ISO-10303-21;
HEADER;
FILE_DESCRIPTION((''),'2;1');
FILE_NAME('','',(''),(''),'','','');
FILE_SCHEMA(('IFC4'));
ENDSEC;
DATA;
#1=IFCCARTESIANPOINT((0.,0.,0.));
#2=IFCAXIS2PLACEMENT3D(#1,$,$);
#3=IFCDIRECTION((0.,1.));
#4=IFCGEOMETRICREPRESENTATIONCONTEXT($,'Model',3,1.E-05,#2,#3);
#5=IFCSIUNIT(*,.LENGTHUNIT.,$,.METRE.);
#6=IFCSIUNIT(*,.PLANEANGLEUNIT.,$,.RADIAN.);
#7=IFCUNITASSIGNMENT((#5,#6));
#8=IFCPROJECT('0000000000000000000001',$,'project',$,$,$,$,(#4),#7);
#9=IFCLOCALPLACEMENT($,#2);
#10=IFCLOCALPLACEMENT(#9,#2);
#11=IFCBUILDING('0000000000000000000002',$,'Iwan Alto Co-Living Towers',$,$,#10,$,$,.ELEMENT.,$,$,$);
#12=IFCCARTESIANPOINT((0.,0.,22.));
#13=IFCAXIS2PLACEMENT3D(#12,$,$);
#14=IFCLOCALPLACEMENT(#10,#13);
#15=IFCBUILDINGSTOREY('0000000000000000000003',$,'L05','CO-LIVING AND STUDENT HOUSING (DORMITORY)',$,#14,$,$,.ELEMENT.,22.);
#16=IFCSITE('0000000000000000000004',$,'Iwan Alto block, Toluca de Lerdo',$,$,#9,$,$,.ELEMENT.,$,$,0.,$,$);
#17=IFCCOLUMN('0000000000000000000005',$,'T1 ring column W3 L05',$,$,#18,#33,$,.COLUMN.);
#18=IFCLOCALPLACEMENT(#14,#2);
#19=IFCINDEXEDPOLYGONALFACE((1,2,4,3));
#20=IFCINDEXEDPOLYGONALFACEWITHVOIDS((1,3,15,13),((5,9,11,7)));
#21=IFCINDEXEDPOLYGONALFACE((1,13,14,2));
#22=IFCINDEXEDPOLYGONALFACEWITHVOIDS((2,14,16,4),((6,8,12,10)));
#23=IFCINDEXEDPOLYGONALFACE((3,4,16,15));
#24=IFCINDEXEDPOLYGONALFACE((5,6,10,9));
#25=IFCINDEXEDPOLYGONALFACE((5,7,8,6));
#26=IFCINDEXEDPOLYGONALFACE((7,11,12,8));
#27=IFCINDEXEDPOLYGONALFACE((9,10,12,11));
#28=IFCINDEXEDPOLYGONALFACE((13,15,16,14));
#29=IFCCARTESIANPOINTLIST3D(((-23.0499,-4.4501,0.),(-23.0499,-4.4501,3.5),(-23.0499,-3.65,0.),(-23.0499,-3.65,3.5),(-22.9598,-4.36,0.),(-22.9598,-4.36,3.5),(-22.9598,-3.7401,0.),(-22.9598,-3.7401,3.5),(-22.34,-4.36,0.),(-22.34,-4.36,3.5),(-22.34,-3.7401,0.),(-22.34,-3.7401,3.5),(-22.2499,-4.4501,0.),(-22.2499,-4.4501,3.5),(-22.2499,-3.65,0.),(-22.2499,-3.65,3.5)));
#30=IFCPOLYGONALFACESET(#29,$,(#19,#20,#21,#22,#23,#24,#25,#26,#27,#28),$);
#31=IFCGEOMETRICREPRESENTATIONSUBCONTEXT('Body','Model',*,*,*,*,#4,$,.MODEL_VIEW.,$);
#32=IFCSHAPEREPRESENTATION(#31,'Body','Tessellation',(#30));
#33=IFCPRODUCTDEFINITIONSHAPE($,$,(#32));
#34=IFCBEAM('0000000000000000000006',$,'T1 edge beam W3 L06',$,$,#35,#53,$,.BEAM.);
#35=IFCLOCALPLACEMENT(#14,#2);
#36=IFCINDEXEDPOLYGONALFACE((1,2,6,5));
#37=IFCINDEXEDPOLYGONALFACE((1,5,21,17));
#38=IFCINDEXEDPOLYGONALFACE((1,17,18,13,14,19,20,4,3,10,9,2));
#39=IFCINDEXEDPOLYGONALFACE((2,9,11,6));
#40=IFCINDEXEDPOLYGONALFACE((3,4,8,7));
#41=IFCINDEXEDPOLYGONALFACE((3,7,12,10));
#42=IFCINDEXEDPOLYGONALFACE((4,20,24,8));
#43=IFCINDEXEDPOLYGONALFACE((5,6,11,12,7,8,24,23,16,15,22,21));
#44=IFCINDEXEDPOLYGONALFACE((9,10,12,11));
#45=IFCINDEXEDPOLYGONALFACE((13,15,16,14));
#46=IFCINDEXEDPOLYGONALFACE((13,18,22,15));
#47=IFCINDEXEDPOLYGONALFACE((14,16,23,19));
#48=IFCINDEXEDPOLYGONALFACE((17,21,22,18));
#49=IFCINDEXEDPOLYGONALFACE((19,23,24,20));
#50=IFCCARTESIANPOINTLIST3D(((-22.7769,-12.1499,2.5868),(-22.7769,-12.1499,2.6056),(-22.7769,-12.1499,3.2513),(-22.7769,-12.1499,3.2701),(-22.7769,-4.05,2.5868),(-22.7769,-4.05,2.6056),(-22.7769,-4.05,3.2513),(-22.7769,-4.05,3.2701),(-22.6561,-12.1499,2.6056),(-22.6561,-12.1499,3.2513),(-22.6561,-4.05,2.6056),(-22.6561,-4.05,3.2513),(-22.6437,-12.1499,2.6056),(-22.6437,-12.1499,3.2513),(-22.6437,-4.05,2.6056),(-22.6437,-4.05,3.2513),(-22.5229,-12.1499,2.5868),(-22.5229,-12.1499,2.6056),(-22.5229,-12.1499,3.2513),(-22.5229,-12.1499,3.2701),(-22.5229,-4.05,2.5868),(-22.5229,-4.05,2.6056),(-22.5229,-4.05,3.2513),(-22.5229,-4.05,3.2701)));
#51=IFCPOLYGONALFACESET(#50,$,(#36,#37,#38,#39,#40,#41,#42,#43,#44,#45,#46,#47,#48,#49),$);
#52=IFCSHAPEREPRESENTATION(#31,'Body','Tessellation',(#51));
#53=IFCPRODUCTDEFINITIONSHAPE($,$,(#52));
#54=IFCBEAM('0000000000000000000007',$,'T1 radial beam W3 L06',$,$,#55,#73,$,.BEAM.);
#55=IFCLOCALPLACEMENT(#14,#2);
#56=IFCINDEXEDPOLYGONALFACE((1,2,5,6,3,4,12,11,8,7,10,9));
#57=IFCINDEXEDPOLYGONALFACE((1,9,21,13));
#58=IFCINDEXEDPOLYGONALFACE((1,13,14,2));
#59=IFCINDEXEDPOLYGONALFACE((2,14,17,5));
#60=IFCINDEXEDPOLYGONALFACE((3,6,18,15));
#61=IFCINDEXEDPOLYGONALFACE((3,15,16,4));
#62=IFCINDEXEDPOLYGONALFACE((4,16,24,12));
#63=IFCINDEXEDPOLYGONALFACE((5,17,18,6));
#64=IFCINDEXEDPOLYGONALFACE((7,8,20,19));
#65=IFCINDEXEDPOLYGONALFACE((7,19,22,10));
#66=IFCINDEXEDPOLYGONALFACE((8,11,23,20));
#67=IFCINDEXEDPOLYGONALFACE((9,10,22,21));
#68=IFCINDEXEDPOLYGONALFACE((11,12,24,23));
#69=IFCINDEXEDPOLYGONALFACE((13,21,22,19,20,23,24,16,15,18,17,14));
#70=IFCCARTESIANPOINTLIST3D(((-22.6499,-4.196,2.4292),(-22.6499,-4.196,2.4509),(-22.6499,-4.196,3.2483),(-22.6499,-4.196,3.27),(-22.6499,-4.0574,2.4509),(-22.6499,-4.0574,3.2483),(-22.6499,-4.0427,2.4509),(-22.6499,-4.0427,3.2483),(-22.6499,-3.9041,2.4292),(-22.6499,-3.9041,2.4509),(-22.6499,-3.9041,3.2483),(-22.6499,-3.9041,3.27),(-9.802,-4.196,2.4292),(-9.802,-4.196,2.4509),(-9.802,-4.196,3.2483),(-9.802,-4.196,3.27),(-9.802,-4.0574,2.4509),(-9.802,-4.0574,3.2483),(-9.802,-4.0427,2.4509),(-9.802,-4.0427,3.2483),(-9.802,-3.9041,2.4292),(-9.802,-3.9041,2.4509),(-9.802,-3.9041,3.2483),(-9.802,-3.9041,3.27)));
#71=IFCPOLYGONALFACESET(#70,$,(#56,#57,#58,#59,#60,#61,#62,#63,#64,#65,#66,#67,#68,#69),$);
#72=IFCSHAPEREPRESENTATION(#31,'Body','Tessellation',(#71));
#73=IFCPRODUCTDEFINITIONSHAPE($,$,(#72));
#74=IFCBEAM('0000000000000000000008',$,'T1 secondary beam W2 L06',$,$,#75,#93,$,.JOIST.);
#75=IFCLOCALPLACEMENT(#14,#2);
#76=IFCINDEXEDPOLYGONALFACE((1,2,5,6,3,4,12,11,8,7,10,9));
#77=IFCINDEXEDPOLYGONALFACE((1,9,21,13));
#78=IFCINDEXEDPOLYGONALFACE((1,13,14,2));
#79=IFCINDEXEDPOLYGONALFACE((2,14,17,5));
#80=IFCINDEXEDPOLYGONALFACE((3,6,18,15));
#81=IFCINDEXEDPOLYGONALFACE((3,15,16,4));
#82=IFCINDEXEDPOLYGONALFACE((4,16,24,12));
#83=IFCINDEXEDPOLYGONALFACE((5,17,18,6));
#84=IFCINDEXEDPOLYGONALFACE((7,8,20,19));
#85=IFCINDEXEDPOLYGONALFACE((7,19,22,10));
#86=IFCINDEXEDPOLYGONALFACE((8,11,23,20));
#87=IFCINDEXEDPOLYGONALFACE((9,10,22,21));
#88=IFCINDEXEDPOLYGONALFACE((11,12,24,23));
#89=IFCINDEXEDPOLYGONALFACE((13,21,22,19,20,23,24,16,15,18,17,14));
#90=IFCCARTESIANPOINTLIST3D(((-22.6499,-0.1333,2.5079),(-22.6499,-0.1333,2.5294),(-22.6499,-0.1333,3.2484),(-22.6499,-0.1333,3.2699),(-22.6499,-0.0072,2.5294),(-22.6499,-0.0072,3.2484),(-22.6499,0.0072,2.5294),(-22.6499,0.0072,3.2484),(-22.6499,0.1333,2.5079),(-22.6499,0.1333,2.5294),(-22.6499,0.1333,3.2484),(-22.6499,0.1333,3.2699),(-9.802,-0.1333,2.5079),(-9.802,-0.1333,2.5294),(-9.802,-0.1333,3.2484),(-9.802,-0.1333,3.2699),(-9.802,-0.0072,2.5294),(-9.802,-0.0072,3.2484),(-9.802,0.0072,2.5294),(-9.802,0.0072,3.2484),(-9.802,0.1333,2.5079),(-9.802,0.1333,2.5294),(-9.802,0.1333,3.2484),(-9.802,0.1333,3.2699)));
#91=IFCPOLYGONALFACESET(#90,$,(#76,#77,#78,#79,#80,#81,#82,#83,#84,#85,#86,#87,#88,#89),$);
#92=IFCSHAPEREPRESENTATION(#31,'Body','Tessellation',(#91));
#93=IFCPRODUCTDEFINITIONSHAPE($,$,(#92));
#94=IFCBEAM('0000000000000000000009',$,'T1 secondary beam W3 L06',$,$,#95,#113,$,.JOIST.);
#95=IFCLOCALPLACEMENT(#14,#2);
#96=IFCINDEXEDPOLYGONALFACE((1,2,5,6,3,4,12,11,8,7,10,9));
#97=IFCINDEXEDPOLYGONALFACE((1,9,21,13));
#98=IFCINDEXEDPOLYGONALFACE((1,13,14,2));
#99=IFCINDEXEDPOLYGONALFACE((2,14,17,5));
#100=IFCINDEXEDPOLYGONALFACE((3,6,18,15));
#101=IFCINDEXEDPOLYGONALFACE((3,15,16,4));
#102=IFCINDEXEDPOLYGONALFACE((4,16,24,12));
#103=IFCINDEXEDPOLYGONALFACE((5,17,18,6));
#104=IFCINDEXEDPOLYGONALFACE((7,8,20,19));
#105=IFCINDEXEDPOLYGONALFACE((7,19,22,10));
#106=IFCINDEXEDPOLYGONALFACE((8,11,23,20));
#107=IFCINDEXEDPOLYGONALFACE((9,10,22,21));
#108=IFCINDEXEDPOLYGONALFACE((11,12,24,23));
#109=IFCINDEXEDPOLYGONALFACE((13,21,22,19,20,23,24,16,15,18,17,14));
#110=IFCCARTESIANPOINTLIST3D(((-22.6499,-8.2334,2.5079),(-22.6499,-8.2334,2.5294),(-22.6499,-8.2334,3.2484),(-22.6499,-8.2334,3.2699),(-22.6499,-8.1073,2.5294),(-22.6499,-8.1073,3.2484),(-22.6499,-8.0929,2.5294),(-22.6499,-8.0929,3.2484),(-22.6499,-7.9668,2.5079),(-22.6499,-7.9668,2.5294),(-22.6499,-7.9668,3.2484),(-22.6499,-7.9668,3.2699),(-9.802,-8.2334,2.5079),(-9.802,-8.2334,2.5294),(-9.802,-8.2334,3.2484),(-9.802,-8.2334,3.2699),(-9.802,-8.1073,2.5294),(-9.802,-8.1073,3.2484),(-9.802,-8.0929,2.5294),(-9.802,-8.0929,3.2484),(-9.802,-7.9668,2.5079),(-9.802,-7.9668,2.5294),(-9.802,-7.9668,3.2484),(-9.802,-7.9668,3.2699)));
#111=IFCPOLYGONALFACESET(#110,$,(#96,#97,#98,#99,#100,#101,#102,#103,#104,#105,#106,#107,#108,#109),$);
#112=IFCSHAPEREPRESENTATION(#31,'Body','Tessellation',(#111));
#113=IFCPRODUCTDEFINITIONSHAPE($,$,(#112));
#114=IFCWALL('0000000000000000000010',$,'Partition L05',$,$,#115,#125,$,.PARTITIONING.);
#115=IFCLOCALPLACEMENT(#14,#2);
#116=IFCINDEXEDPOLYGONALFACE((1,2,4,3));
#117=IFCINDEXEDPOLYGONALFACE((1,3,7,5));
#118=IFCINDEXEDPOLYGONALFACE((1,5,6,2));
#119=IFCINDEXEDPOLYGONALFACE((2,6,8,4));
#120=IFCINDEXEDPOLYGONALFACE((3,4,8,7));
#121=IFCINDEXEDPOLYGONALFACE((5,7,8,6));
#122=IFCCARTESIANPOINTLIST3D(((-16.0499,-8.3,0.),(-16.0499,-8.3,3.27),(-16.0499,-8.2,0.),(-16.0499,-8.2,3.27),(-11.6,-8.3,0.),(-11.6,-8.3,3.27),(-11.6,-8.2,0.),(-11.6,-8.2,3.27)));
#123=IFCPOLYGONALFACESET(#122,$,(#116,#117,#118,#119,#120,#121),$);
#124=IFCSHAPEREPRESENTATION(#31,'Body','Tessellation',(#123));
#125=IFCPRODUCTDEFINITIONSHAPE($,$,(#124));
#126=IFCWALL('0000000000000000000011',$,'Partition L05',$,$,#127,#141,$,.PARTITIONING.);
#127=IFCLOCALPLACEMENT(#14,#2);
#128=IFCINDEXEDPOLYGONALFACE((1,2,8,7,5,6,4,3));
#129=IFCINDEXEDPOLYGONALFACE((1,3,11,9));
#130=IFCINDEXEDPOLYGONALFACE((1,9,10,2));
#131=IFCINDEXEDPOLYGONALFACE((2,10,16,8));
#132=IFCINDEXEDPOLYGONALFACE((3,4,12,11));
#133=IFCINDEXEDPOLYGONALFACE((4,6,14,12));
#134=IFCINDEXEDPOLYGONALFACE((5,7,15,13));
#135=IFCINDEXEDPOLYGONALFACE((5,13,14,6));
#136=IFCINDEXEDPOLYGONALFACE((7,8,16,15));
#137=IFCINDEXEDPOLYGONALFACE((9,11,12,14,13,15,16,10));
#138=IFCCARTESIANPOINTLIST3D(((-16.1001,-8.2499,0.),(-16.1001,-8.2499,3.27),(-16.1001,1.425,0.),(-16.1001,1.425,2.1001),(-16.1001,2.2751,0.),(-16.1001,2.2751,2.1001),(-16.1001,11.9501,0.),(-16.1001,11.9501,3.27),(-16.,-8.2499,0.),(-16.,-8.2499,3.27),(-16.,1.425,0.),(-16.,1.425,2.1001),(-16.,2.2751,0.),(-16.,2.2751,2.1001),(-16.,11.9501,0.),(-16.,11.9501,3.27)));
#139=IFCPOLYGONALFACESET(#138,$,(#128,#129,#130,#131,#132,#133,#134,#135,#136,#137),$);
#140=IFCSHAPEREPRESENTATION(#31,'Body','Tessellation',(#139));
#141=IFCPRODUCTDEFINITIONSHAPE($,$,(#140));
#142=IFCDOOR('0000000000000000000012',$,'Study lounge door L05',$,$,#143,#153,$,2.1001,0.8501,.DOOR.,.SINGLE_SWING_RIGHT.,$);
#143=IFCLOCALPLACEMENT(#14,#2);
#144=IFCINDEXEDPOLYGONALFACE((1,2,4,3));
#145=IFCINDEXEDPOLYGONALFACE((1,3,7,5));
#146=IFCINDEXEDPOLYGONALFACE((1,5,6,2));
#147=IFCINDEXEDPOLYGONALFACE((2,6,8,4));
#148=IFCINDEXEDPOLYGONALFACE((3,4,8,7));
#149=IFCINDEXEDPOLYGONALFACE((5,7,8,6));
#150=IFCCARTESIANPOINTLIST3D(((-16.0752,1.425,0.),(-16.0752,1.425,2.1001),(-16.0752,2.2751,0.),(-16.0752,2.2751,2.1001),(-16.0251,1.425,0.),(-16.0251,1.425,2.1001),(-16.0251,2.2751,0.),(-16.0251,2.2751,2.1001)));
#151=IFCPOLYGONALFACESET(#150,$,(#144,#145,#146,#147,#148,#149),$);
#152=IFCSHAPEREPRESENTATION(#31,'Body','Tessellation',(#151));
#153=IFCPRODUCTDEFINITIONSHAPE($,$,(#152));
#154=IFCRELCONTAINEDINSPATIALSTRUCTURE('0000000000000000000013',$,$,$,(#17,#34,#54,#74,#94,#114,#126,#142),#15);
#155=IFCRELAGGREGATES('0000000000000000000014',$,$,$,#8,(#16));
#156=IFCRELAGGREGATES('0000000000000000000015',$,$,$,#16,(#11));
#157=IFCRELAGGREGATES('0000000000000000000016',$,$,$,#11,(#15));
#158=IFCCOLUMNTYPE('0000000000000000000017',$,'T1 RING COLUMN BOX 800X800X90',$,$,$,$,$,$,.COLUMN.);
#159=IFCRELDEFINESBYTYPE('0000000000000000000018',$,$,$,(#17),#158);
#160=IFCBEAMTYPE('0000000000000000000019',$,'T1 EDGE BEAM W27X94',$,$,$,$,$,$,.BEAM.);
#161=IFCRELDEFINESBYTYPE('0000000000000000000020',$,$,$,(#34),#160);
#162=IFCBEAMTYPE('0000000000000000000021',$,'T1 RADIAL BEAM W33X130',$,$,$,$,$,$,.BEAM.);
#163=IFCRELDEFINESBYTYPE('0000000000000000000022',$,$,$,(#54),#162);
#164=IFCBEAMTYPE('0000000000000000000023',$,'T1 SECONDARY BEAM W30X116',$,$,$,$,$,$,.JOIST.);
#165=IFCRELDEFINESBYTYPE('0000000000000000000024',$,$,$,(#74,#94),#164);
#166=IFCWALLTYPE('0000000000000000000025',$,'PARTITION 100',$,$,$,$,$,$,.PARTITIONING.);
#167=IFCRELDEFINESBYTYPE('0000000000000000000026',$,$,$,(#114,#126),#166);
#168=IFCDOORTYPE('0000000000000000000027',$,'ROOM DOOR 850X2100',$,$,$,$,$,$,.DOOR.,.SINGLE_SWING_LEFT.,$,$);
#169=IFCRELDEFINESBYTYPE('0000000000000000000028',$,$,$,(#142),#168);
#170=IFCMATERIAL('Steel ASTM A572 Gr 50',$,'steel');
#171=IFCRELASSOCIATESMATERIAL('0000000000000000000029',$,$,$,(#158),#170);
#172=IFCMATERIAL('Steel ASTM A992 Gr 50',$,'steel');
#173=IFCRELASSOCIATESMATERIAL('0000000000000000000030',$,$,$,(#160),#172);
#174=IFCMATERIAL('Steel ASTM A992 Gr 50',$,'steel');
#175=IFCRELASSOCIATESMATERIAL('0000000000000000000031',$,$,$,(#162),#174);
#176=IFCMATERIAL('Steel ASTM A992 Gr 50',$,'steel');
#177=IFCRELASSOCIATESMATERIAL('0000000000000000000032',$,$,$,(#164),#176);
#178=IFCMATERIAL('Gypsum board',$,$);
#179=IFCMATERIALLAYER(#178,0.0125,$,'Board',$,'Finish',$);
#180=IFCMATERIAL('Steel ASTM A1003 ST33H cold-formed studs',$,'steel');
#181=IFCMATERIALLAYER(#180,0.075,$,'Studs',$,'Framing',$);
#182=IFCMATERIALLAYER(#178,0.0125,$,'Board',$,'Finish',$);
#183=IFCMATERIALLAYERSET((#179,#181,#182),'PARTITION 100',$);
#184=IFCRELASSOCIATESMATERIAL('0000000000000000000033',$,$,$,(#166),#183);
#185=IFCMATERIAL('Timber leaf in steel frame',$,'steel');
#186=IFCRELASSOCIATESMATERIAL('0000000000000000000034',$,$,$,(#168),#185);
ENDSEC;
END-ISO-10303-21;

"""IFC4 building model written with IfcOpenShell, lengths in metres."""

from ifc_helpers import new_model, si_unit, direction, frame, frame_2d, origin, origin_2d, place, context, subcontext, project, spatial, rectangle, hollow_rectangle, i_section, extrude, material, layer, layer_set, material_profile, profile_set, type_object, element, fill, save


model = new_model("IFC4")

# Units and contexts
model_context = context("Model", 3, precision=1e-05, world=origin(), true_north=direction((0.0, 1.0)))
body_context = subcontext(model_context, "Body", "Model", "MODEL_VIEW")
ifc_project = project(units=[si_unit("LENGTHUNIT", "METRE"), si_unit("PLANEANGLEUNIT", "RADIAN")], contexts=[model_context])

# Site, building, storey
site_placement = place(None, origin())
site = spatial("IfcSite", under=ifc_project, at=site_placement, Name="Iwan Alto block, Toluca de Lerdo", CompositionType="ELEMENT", RefElevation=0.0)
building_placement = place(site_placement, origin())
building = spatial("IfcBuilding", under=site, at=building_placement, Name="Iwan Alto Co-Living Towers", CompositionType="ELEMENT")
storey_placement = place(building_placement, frame((0.0, 0.0, 22.0)))
storey = spatial("IfcBuildingStorey", under=building, at=storey_placement, Name="L05", Description="CO-LIVING AND STUDENT HOUSING (DORMITORY)", CompositionType="ELEMENT", Elevation=22.0)

# Column
ifc_material_1 = material(Name="Steel ASTM A572 Gr 50", Category="steel")
ifc_material_profile_1 = material_profile(ifc_material_1, hollow_rectangle(XDim=0.8, YDim=0.8, WallThickness=0.0901, at=origin_2d()), Name="BOX 800X800X90")
ifc_profile_set_1 = profile_set([ifc_material_profile_1], Name="Steel ASTM A572 Gr 50")
column_type = type_object("IfcColumnType", Name="T1 RING COLUMN BOX 800X800X90", PredefinedType="COLUMN", material=ifc_profile_set_1)
column_placement = place(storey_placement, frame((-22.6499, -4.05, 0.0), z_axis=(0.0, 0.0, 1.0), x_axis=(1.0, 0.0, 0.0)))
element("IfcColumn", 1, at=column_placement, inside=storey, type_object=column_type, Name="T1 ring column W3 L05", PredefinedType="COLUMN", context=body_context, shape_type="SweptSolid", body=[
    extrude(hollow_rectangle(XDim=0.8, YDim=0.8, WallThickness=0.0901, at=origin_2d()), origin(), (0.0, 0.0, 1.0), 3.5),
])

# Beams
ifc_material_2 = material(Name="Steel ASTM A992 Gr 50", Category="steel")
ifc_material_profile_2 = material_profile(ifc_material_2, i_section(OverallWidth=0.2539, OverallDepth=0.6833, WebThickness=0.0125, FlangeThickness=0.0188, at=origin_2d()), Name="W27X94")
ifc_profile_set_2 = profile_set([ifc_material_profile_2], Name="Steel ASTM A992 Gr 50")
beam_type_1 = type_object("IfcBeamType", Name="T1 EDGE BEAM W27X94", PredefinedType="BEAM", material=ifc_profile_set_2)
beam_1_placement = place(storey_placement, frame((-22.6499, -4.05, 2.9285), z_axis=(0.0, -1.0, 0.0), x_axis=(1.0, 0.0, 0.0)))
element("IfcBeam", 2, at=beam_1_placement, inside=storey, type_object=beam_type_1, Name="T1 edge beam W3 L06", PredefinedType="BEAM", context=body_context, shape_type="SweptSolid", body=[
    extrude(i_section(OverallWidth=0.2539, OverallDepth=0.6833, WebThickness=0.0125, FlangeThickness=0.0188, at=origin_2d()), origin(), (0.0, 0.0, 1.0), 8.0999),
])
ifc_material_3 = material(Name="Steel ASTM A992 Gr 50", Category="steel")
ifc_material_profile_3 = material_profile(ifc_material_3, i_section(OverallWidth=0.292, OverallDepth=0.8408, WebThickness=0.0146, FlangeThickness=0.0217, at=origin_2d()), Name="W33X130")
ifc_profile_set_3 = profile_set([ifc_material_profile_3], Name="Steel ASTM A992 Gr 50")
beam_type_2 = type_object("IfcBeamType", Name="T1 RADIAL BEAM W33X130", PredefinedType="BEAM", material=ifc_profile_set_3)
beam_2_placement = place(storey_placement, frame((-22.6499, -4.05, 2.8496), z_axis=(1.0, 0.0, 0.0), x_axis=(0.0, 1.0, 0.0)))
element("IfcBeam", 3, at=beam_2_placement, inside=storey, type_object=beam_type_2, Name="T1 radial beam W3 L06", PredefinedType="BEAM", context=body_context, shape_type="SweptSolid", body=[
    extrude(i_section(OverallWidth=0.292, OverallDepth=0.8408, WebThickness=0.0146, FlangeThickness=0.0217, at=origin_2d()), origin(), (0.0, 0.0, 1.0), 12.8479),
])
ifc_material_4 = material(Name="Steel ASTM A992 Gr 50", Category="steel")
ifc_material_profile_4 = material_profile(ifc_material_4, i_section(OverallWidth=0.2666, OverallDepth=0.762, WebThickness=0.0144, FlangeThickness=0.0215, at=origin_2d()), Name="W30X116")
ifc_profile_set_4 = profile_set([ifc_material_profile_4], Name="Steel ASTM A992 Gr 50")
beam_type_3 = type_object("IfcBeamType", Name="T1 SECONDARY BEAM W30X116", PredefinedType="JOIST", material=ifc_profile_set_4)
for number, where, z_axis, x_axis, name in (
    (4, (-22.6499, 0.0, 2.8889), (1.0, 0.0, 0.0), (0.0, 1.0, 0.0), "T1 secondary beam W2 L06"),
    (5, (-22.6499, -8.1001, 2.8889), (1.0, 0.0, 0.0), (0.0, 1.0, 0.0), "T1 secondary beam W3 L06"),
):
    element("IfcBeam", number, at=place(storey_placement, frame(where, z_axis=z_axis, x_axis=x_axis)), inside=storey, type_object=beam_type_3, Name=name, PredefinedType="JOIST", context=body_context, shape_type="SweptSolid", body=[
        extrude(i_section(OverallWidth=0.2666, OverallDepth=0.762, WebThickness=0.0144, FlangeThickness=0.0215, at=origin_2d()), origin(), (0.0, 0.0, 1.0), 12.8479),
    ])

# Wall
ifc_material_5 = material(Name="Gypsum board")
ifc_layer_1 = layer(ifc_material_5, 0.0125, Name="Board", Category="Finish")
ifc_material_6 = material(Name="Steel ASTM A1003 ST33H cold-formed studs", Category="steel")
ifc_layer_2 = layer(ifc_material_6, 0.075, Name="Studs", Category="Framing")
ifc_layer_3 = layer(ifc_material_5, 0.0125, Name="Board", Category="Finish")
ifc_layer_set_1 = layer_set([ifc_layer_1, ifc_layer_2, ifc_layer_3], Name="PARTITION 100")
wall_type_1 = type_object("IfcWallType", Name="PARTITION 100", PredefinedType="PARTITIONING", material=ifc_layer_set_1)
wall_1_placement = place(storey_placement, frame((-16.05, -8.25, 0.0), z_axis=(0.0, 0.0, 1.0), x_axis=(1.0, 0.0, 0.0)))
element("IfcWall", 6, at=wall_1_placement, inside=storey, type_object=wall_type_1, Name="Partition L05", PredefinedType="PARTITIONING", context=body_context, shape_type="SweptSolid", body=[
    extrude(rectangle(XDim=4.45, YDim=0.1001, at=frame_2d((2.2251, 0.0))), origin(), (0.0, 0.0, 1.0), 3.27),
])

# Wall, opening, door
wall_2_placement = place(storey_placement, frame((-16.05, -8.25, 0.0), z_axis=(0.0, 0.0, 1.0), x_axis=(0.0, 1.0, 0.0)))
wall_2 = element("IfcWall", 7, at=wall_2_placement, inside=storey, type_object=wall_type_1, Name="Partition L05", PredefinedType="PARTITIONING", context=body_context, shape_type="SweptSolid", body=[
    extrude(rectangle(XDim=20.2, YDim=0.1001, at=frame_2d((10.1001, 0.0))), origin(), (0.0, 0.0, 1.0), 3.27),
])
opening_1_placement = place(wall_2_placement, frame((9.675, 0.0, 0.0)))
opening_1 = element("IfcOpeningElement", 8, at=opening_1_placement, cuts=wall_2, PredefinedType="OPENING", context=body_context, shape_type="SweptSolid", body=[
    extrude(rectangle(XDim=0.8501, YDim=2.1001, at=frame_2d((0.425, 1.05))), frame((0.0, 0.0601, 0.0), z_axis=(0.0, -1.0, 0.0), x_axis=(1.0, 0.0, 0.0)), (0.0, 0.0, 1.0), 0.1201),
])
ifc_material_7 = material(Name="Timber leaf in steel frame", Category="steel")
door_type_1 = type_object("IfcDoorType", Name="ROOM DOOR 850X2100", OperationType="SINGLE_SWING_LEFT", PredefinedType="DOOR", material=ifc_material_7)
door_1_placement = place(opening_1_placement, frame((0.8501, 0.0, 0.0), z_axis=(0.0, 0.0, 1.0), x_axis=(-1.0, 0.0, 0.0)))
door_1 = element("IfcDoor", 9, at=door_1_placement, inside=storey, type_object=door_type_1, Name="Study lounge door L05", OperationType="SINGLE_SWING_RIGHT", OverallHeight=2.1001, OverallWidth=0.8501, PredefinedType="DOOR", context=body_context, shape_type="SweptSolid", body=[
    extrude(rectangle(XDim=0.8501, YDim=2.1001, at=frame_2d((0.425, 1.05))), frame((0.0, 0.0249, 0.0), z_axis=(0.0, -1.0, 0.0), x_axis=(1.0, 0.0, 0.0)), (0.0, 0.0, 1.0), 0.05),
])
fill(opening_1, door_1)

save(model, "model.ifc")
